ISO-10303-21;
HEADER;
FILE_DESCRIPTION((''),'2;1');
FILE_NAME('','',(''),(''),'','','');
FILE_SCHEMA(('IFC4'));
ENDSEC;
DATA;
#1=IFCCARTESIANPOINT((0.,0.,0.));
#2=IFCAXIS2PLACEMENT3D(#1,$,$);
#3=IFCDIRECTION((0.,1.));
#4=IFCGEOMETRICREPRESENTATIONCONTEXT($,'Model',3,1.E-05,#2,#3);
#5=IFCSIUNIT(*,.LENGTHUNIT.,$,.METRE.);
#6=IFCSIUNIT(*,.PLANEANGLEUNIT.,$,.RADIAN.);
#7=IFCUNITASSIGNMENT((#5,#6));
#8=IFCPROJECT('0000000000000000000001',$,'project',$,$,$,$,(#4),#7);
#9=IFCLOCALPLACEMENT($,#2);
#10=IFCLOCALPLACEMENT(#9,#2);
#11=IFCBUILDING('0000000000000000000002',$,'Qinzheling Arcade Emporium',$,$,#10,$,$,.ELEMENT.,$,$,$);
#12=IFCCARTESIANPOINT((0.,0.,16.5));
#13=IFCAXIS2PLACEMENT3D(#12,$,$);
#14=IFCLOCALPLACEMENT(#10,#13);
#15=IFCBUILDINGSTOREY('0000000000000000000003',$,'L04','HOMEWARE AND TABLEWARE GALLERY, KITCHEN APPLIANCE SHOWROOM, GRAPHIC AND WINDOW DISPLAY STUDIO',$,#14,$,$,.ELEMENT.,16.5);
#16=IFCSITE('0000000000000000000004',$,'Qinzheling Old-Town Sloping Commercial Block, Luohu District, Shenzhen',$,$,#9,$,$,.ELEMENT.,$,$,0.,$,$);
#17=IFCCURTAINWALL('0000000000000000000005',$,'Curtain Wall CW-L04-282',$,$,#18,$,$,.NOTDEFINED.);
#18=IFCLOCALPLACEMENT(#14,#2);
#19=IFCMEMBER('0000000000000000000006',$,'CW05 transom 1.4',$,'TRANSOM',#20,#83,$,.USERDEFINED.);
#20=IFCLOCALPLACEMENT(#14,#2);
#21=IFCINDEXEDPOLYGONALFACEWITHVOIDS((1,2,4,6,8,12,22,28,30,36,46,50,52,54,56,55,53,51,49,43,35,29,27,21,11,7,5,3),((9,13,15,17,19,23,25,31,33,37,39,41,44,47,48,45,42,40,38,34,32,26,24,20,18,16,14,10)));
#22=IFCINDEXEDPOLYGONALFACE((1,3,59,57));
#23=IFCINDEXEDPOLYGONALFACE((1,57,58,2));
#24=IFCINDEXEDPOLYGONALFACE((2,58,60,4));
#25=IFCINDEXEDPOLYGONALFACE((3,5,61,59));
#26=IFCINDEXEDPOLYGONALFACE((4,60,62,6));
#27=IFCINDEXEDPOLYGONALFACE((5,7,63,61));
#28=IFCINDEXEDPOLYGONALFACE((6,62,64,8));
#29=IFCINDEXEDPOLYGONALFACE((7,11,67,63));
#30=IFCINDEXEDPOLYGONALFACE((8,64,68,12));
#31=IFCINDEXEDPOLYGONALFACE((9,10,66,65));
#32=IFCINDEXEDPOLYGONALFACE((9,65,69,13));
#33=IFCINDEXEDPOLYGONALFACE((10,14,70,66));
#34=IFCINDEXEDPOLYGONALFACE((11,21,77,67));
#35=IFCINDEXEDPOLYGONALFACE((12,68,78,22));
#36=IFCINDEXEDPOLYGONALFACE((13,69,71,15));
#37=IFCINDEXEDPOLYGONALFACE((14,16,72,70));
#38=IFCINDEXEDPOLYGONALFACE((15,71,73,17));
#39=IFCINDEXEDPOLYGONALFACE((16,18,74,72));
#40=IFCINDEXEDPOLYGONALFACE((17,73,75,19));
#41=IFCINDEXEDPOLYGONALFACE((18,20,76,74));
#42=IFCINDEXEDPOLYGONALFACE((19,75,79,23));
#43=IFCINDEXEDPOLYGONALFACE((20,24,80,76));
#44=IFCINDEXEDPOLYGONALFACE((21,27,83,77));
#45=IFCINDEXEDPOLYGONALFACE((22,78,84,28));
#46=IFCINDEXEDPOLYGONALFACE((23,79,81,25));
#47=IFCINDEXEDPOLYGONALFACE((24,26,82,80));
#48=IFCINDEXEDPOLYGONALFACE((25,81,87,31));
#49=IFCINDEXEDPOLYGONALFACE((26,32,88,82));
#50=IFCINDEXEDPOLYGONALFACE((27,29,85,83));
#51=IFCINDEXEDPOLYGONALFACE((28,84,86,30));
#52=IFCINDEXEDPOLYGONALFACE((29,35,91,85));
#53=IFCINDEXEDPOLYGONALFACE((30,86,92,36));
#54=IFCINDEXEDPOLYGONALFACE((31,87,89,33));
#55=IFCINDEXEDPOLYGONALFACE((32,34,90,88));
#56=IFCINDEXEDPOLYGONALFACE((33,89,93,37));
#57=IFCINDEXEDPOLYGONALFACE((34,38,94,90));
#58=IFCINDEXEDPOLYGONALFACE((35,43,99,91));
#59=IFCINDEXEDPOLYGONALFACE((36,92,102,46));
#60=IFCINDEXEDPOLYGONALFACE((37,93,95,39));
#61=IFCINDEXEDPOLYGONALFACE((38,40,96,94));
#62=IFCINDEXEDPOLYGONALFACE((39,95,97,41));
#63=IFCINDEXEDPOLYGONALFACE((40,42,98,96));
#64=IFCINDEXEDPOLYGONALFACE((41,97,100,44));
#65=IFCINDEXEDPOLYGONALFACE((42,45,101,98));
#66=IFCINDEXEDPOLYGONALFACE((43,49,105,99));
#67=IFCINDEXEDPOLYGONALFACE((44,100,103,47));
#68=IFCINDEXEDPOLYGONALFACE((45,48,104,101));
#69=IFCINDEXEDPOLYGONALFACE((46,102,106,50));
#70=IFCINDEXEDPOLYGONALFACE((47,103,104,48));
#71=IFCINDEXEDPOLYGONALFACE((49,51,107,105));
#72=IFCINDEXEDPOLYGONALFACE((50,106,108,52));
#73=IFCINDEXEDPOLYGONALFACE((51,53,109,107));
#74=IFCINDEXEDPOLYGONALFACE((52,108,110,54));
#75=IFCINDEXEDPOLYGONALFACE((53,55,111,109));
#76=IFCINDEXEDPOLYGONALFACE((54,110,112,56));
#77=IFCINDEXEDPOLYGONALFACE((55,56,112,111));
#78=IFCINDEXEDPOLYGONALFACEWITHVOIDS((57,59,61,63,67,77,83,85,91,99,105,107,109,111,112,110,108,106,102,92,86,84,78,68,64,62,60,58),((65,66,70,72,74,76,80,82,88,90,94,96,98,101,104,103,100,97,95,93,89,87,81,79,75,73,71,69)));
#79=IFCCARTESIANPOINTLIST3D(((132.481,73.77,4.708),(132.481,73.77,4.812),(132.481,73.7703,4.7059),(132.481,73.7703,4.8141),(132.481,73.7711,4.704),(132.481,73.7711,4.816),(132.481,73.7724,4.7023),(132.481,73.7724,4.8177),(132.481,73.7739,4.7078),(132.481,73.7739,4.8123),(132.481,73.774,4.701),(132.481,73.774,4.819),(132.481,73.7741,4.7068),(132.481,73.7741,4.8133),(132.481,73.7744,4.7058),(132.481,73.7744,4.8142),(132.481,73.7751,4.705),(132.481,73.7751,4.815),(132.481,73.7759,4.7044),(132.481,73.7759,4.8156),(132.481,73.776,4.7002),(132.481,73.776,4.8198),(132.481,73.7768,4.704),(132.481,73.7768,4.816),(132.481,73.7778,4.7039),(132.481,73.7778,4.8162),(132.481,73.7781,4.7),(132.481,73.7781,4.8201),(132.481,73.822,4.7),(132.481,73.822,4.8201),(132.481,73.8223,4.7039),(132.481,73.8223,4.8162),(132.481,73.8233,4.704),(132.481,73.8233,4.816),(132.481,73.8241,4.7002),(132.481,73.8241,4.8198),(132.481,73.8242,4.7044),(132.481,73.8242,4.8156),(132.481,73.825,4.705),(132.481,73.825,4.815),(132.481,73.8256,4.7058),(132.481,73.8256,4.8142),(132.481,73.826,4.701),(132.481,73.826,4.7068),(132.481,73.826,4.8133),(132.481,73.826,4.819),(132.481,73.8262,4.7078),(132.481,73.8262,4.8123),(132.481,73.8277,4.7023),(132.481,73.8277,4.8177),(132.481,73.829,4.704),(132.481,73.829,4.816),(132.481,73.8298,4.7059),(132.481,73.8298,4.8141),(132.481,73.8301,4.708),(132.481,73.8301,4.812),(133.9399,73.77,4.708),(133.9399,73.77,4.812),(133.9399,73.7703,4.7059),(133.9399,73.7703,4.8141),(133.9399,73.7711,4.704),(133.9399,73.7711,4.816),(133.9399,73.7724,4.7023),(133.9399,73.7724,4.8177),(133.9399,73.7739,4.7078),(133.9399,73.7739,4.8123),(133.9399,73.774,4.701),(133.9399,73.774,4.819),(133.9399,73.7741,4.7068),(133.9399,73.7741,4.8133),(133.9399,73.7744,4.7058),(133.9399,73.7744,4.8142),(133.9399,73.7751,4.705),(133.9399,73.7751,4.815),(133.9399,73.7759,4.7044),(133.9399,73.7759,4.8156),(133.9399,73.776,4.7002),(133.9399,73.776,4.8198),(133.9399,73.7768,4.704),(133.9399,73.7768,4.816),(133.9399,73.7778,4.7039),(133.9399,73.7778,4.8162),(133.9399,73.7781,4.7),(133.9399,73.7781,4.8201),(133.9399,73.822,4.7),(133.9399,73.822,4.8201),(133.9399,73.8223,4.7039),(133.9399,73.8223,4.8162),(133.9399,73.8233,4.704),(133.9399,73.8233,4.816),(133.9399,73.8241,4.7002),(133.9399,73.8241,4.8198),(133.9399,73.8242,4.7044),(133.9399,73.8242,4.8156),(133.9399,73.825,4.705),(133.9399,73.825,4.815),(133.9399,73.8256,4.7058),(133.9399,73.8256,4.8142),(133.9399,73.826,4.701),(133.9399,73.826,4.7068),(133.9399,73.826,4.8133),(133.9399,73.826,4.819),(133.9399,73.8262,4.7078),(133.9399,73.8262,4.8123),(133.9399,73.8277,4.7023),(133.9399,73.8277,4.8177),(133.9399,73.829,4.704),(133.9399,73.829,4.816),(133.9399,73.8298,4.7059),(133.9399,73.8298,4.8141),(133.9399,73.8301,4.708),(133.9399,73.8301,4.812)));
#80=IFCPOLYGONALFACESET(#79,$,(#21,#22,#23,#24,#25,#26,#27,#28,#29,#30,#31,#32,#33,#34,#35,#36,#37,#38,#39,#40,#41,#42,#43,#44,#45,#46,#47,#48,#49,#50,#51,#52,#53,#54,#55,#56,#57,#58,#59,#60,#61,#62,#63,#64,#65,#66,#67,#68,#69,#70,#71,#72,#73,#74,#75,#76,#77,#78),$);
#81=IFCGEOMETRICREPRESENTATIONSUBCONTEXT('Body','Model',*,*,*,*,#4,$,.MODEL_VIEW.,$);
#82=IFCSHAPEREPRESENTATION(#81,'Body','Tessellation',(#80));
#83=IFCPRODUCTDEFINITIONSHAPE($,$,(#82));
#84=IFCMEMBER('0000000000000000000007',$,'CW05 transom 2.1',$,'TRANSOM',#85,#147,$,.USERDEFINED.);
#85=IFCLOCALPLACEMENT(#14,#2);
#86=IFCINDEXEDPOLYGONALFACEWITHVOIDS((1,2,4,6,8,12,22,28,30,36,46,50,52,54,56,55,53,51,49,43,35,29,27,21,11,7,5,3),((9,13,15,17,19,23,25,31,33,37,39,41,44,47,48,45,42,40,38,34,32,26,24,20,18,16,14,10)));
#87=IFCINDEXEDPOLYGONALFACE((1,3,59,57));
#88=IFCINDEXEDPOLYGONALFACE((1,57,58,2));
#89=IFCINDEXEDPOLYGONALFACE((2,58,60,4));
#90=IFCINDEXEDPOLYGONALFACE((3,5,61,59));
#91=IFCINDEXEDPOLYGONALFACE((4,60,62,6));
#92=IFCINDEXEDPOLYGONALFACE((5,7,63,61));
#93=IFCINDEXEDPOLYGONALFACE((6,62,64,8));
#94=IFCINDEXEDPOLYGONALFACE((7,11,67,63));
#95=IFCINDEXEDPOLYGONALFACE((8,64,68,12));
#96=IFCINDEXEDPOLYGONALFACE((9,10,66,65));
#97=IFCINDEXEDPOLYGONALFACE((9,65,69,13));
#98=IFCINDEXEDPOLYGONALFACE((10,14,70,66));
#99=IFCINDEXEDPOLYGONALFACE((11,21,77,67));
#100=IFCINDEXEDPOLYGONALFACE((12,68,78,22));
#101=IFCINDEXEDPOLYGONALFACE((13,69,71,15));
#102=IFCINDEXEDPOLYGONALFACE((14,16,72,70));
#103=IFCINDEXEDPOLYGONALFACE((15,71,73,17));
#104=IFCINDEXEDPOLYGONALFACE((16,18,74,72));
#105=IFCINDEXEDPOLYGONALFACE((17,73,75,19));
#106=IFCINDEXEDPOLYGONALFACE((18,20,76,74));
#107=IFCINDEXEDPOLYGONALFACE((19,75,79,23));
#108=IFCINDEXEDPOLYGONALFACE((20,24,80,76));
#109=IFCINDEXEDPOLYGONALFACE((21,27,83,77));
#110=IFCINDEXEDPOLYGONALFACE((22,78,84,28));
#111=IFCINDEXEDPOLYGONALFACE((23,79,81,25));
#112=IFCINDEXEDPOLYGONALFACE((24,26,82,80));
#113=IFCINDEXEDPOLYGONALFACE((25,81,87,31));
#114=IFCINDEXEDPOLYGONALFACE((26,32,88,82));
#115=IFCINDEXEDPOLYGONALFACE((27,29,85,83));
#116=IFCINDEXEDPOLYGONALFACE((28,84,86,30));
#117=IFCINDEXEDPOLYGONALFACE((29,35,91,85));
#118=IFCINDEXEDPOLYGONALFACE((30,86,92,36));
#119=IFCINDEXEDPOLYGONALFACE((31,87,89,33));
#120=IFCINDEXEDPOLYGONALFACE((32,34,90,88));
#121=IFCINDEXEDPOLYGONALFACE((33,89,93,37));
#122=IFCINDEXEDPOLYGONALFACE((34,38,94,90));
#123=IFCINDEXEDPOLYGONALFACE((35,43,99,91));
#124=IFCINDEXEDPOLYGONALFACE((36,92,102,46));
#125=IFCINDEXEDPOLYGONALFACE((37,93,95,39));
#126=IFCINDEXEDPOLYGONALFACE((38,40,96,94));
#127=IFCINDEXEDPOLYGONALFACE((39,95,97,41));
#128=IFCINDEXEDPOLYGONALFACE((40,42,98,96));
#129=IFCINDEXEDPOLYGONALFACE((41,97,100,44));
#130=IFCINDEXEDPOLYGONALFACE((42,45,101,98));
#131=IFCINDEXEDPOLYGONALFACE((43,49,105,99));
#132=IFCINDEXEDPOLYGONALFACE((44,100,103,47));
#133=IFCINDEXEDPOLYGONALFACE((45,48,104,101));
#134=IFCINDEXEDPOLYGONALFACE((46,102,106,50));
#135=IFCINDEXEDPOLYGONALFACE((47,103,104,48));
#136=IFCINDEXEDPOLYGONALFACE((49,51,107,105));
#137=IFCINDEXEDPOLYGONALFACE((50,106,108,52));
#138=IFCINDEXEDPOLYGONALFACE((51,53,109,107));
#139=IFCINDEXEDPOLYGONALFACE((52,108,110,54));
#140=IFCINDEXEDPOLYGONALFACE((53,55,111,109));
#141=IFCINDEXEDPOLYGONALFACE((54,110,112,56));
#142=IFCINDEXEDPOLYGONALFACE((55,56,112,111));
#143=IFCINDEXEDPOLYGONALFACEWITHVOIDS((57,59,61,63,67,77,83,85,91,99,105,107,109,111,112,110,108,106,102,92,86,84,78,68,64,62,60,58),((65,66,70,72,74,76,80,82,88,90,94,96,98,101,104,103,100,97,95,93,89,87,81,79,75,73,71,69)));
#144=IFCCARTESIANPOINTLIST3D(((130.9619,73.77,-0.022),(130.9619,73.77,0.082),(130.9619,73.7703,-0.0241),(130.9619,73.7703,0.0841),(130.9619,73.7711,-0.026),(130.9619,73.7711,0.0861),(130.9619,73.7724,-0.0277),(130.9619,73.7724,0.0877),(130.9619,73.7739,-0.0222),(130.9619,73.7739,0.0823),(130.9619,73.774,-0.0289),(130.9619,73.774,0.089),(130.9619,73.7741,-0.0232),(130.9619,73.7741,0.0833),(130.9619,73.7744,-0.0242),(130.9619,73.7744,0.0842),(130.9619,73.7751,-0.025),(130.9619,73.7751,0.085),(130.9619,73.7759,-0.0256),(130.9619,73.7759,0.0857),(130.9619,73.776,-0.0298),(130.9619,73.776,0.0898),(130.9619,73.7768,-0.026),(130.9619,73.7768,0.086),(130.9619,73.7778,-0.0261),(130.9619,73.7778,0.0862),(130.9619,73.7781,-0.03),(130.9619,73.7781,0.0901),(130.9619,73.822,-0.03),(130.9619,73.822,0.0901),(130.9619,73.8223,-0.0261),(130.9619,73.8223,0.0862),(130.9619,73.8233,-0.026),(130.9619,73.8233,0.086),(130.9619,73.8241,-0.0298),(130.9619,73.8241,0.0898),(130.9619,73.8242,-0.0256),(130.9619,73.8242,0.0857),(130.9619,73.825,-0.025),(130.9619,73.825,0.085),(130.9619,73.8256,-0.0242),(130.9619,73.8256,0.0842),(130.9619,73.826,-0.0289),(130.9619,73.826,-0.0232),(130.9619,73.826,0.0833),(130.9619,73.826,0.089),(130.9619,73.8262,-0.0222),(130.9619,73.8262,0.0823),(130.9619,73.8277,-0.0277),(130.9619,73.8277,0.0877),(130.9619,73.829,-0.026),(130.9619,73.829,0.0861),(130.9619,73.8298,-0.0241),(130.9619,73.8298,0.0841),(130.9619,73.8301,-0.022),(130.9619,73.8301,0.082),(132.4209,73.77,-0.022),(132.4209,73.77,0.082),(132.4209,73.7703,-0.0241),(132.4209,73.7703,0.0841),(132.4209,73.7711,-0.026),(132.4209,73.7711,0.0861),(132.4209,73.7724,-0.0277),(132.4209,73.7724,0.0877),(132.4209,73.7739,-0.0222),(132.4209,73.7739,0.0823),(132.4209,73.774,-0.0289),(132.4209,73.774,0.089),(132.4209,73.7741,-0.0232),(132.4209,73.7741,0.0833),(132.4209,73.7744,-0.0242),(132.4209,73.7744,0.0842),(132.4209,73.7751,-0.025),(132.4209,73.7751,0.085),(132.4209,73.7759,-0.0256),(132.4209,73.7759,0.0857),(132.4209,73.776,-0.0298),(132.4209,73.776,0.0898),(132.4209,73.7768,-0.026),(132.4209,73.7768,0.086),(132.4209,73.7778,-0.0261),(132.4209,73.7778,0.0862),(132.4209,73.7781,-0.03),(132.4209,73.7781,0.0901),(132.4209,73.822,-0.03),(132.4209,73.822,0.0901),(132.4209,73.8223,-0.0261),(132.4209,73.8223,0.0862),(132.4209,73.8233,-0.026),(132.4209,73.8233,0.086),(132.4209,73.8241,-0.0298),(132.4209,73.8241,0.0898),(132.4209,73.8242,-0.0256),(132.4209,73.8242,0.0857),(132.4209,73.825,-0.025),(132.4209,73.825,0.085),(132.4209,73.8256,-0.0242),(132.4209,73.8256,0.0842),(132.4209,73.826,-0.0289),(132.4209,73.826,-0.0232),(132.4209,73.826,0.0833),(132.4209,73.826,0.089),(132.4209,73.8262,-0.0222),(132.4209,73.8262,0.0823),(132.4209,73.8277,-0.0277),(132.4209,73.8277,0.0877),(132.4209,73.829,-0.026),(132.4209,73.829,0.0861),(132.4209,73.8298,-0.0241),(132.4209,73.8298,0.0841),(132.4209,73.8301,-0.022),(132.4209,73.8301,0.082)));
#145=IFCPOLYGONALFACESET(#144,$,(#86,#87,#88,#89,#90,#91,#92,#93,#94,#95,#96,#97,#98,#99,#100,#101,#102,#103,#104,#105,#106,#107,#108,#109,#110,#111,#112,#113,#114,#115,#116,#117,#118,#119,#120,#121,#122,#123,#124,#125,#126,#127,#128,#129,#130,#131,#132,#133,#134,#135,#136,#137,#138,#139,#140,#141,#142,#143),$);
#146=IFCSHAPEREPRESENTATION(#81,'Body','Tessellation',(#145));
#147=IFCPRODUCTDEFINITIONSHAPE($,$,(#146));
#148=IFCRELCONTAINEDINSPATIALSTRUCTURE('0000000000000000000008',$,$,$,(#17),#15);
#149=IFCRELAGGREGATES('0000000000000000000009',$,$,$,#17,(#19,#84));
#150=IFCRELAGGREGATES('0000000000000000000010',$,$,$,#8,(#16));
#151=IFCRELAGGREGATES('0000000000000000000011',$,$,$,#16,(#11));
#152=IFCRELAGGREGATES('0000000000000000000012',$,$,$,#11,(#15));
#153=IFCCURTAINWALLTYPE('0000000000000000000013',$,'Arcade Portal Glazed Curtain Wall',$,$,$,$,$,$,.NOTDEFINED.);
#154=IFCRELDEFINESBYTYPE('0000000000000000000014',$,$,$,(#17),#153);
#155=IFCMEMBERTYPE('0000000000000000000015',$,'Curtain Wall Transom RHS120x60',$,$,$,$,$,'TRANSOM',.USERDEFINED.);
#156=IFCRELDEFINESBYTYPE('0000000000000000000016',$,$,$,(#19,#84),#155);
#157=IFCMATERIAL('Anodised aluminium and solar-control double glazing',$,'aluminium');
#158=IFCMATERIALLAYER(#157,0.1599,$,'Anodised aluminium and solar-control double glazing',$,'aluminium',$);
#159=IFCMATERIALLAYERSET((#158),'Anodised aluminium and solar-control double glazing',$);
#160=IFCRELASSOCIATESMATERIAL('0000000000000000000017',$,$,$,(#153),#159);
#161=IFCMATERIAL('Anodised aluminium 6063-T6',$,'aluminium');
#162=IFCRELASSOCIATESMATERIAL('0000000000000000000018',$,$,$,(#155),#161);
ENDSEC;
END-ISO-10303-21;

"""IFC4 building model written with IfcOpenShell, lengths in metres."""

from ifc_helpers import new_model, si_unit, direction, frame, origin, origin_2d, place, context, subcontext, project, spatial, hollow_rectangle, extrude, material, layer, layer_set, material_profile, profile_set, type_object, element, aggregate, save


model = new_model("IFC4")

# Units and contexts
model_context = context("Model", 3, precision=1e-05, world=origin(), true_north=direction((0.0, 1.0)))
body_context = subcontext(model_context, "Body", "Model", "MODEL_VIEW")
ifc_project = project(units=[si_unit("LENGTHUNIT", "METRE"), si_unit("PLANEANGLEUNIT", "RADIAN")], contexts=[model_context])

# Site, building, storey
site_placement = place(None, origin())
site = spatial("IfcSite", under=ifc_project, at=site_placement, Name="Qinzheling Old-Town Sloping Commercial Block, Luohu District, Shenzhen", CompositionType="ELEMENT", RefElevation=0.0)
building_placement = place(site_placement, origin())
building = spatial("IfcBuilding", under=site, at=building_placement, Name="Qinzheling Arcade Emporium", CompositionType="ELEMENT")
storey_placement = place(building_placement, frame((0.0, 0.0, 16.5)))
storey = spatial("IfcBuildingStorey", under=building, at=storey_placement, Name="L04", Description="HOMEWARE AND TABLEWARE GALLERY, KITCHEN APPLIANCE SHOWROOM, GRAPHIC AND WINDOW DISPLAY STUDIO", CompositionType="ELEMENT", Elevation=16.5)

# Shared definitions
ifc_material_1 = material(Name="Anodised aluminium and solar-control double glazing", Category="aluminium")
ifc_material_2 = material(Name="Anodised aluminium 6063-T6", Category="aluminium")

# Curtain wall
ifc_layer_1 = layer(ifc_material_1, 0.1599, Name="Anodised aluminium and solar-control double glazing", Category="aluminium")
ifc_layer_set_1 = layer_set([ifc_layer_1], Name="Anodised aluminium and solar-control double glazing")
curtain_wall_type_1 = type_object("IfcCurtainWallType", Name="Arcade Portal Glazed Curtain Wall", PredefinedType="NOTDEFINED", material=ifc_layer_set_1)
curtain_wall_1_placement = place(storey_placement, origin())
curtain_wall_1 = element("IfcCurtainWall", 1, at=curtain_wall_1_placement, inside=storey, type_object=curtain_wall_type_1, Name="Curtain Wall CW-L04-282", PredefinedType="NOTDEFINED")

# Members
ifc_material_profile_1 = material_profile(ifc_material_2, hollow_rectangle(XDim=0.0601, YDim=0.1201, WallThickness=0.0039, InnerFilletRadius=0.0039, OuterFilletRadius=0.0081, at=origin_2d()), Name="RHS 120x60x4", Category="aluminium")
ifc_profile_set_1 = profile_set([ifc_material_profile_1], Name="Anodised aluminium 6063-T6")
member_type_1 = type_object("IfcMemberType", Name="Curtain Wall Transom RHS120x60", ElementType="TRANSOM", PredefinedType="USERDEFINED", material=ifc_profile_set_1)
member_1_placement = place(storey_placement, frame((133.9399, 73.8, 4.76), z_axis=(-1.0, 0.0, 0.0), x_axis=(0.0, -1.0, 0.0)))
member_1 = element("IfcMember", 2, at=member_1_placement, type_object=member_type_1, Name="CW05 transom 1.4", ObjectType="TRANSOM", PredefinedType="USERDEFINED", context=body_context, shape_type="SweptSolid", body=[
    extrude(hollow_rectangle(XDim=0.0601, YDim=0.1201, WallThickness=0.0039, InnerFilletRadius=0.0039, OuterFilletRadius=0.0081, at=origin_2d()), origin(), (0.0, 0.0, 1.0), 1.459),
])
member_2_placement = place(storey_placement, frame((132.4209, 73.8, 0.03), z_axis=(-1.0, 0.0, 0.0), x_axis=(0.0, -1.0, 0.0)))
member_2 = element("IfcMember", 3, at=member_2_placement, type_object=member_type_1, Name="CW05 transom 2.1", ObjectType="TRANSOM", PredefinedType="USERDEFINED", context=body_context, shape_type="SweptSolid", body=[
    extrude(hollow_rectangle(XDim=0.0601, YDim=0.1201, WallThickness=0.0039, InnerFilletRadius=0.0039, OuterFilletRadius=0.0081, at=origin_2d()), origin(), (0.0, 0.0, 1.0), 1.459),
])

aggregate(curtain_wall_1, [member_1, member_2])

save(model, "model.ifc")
